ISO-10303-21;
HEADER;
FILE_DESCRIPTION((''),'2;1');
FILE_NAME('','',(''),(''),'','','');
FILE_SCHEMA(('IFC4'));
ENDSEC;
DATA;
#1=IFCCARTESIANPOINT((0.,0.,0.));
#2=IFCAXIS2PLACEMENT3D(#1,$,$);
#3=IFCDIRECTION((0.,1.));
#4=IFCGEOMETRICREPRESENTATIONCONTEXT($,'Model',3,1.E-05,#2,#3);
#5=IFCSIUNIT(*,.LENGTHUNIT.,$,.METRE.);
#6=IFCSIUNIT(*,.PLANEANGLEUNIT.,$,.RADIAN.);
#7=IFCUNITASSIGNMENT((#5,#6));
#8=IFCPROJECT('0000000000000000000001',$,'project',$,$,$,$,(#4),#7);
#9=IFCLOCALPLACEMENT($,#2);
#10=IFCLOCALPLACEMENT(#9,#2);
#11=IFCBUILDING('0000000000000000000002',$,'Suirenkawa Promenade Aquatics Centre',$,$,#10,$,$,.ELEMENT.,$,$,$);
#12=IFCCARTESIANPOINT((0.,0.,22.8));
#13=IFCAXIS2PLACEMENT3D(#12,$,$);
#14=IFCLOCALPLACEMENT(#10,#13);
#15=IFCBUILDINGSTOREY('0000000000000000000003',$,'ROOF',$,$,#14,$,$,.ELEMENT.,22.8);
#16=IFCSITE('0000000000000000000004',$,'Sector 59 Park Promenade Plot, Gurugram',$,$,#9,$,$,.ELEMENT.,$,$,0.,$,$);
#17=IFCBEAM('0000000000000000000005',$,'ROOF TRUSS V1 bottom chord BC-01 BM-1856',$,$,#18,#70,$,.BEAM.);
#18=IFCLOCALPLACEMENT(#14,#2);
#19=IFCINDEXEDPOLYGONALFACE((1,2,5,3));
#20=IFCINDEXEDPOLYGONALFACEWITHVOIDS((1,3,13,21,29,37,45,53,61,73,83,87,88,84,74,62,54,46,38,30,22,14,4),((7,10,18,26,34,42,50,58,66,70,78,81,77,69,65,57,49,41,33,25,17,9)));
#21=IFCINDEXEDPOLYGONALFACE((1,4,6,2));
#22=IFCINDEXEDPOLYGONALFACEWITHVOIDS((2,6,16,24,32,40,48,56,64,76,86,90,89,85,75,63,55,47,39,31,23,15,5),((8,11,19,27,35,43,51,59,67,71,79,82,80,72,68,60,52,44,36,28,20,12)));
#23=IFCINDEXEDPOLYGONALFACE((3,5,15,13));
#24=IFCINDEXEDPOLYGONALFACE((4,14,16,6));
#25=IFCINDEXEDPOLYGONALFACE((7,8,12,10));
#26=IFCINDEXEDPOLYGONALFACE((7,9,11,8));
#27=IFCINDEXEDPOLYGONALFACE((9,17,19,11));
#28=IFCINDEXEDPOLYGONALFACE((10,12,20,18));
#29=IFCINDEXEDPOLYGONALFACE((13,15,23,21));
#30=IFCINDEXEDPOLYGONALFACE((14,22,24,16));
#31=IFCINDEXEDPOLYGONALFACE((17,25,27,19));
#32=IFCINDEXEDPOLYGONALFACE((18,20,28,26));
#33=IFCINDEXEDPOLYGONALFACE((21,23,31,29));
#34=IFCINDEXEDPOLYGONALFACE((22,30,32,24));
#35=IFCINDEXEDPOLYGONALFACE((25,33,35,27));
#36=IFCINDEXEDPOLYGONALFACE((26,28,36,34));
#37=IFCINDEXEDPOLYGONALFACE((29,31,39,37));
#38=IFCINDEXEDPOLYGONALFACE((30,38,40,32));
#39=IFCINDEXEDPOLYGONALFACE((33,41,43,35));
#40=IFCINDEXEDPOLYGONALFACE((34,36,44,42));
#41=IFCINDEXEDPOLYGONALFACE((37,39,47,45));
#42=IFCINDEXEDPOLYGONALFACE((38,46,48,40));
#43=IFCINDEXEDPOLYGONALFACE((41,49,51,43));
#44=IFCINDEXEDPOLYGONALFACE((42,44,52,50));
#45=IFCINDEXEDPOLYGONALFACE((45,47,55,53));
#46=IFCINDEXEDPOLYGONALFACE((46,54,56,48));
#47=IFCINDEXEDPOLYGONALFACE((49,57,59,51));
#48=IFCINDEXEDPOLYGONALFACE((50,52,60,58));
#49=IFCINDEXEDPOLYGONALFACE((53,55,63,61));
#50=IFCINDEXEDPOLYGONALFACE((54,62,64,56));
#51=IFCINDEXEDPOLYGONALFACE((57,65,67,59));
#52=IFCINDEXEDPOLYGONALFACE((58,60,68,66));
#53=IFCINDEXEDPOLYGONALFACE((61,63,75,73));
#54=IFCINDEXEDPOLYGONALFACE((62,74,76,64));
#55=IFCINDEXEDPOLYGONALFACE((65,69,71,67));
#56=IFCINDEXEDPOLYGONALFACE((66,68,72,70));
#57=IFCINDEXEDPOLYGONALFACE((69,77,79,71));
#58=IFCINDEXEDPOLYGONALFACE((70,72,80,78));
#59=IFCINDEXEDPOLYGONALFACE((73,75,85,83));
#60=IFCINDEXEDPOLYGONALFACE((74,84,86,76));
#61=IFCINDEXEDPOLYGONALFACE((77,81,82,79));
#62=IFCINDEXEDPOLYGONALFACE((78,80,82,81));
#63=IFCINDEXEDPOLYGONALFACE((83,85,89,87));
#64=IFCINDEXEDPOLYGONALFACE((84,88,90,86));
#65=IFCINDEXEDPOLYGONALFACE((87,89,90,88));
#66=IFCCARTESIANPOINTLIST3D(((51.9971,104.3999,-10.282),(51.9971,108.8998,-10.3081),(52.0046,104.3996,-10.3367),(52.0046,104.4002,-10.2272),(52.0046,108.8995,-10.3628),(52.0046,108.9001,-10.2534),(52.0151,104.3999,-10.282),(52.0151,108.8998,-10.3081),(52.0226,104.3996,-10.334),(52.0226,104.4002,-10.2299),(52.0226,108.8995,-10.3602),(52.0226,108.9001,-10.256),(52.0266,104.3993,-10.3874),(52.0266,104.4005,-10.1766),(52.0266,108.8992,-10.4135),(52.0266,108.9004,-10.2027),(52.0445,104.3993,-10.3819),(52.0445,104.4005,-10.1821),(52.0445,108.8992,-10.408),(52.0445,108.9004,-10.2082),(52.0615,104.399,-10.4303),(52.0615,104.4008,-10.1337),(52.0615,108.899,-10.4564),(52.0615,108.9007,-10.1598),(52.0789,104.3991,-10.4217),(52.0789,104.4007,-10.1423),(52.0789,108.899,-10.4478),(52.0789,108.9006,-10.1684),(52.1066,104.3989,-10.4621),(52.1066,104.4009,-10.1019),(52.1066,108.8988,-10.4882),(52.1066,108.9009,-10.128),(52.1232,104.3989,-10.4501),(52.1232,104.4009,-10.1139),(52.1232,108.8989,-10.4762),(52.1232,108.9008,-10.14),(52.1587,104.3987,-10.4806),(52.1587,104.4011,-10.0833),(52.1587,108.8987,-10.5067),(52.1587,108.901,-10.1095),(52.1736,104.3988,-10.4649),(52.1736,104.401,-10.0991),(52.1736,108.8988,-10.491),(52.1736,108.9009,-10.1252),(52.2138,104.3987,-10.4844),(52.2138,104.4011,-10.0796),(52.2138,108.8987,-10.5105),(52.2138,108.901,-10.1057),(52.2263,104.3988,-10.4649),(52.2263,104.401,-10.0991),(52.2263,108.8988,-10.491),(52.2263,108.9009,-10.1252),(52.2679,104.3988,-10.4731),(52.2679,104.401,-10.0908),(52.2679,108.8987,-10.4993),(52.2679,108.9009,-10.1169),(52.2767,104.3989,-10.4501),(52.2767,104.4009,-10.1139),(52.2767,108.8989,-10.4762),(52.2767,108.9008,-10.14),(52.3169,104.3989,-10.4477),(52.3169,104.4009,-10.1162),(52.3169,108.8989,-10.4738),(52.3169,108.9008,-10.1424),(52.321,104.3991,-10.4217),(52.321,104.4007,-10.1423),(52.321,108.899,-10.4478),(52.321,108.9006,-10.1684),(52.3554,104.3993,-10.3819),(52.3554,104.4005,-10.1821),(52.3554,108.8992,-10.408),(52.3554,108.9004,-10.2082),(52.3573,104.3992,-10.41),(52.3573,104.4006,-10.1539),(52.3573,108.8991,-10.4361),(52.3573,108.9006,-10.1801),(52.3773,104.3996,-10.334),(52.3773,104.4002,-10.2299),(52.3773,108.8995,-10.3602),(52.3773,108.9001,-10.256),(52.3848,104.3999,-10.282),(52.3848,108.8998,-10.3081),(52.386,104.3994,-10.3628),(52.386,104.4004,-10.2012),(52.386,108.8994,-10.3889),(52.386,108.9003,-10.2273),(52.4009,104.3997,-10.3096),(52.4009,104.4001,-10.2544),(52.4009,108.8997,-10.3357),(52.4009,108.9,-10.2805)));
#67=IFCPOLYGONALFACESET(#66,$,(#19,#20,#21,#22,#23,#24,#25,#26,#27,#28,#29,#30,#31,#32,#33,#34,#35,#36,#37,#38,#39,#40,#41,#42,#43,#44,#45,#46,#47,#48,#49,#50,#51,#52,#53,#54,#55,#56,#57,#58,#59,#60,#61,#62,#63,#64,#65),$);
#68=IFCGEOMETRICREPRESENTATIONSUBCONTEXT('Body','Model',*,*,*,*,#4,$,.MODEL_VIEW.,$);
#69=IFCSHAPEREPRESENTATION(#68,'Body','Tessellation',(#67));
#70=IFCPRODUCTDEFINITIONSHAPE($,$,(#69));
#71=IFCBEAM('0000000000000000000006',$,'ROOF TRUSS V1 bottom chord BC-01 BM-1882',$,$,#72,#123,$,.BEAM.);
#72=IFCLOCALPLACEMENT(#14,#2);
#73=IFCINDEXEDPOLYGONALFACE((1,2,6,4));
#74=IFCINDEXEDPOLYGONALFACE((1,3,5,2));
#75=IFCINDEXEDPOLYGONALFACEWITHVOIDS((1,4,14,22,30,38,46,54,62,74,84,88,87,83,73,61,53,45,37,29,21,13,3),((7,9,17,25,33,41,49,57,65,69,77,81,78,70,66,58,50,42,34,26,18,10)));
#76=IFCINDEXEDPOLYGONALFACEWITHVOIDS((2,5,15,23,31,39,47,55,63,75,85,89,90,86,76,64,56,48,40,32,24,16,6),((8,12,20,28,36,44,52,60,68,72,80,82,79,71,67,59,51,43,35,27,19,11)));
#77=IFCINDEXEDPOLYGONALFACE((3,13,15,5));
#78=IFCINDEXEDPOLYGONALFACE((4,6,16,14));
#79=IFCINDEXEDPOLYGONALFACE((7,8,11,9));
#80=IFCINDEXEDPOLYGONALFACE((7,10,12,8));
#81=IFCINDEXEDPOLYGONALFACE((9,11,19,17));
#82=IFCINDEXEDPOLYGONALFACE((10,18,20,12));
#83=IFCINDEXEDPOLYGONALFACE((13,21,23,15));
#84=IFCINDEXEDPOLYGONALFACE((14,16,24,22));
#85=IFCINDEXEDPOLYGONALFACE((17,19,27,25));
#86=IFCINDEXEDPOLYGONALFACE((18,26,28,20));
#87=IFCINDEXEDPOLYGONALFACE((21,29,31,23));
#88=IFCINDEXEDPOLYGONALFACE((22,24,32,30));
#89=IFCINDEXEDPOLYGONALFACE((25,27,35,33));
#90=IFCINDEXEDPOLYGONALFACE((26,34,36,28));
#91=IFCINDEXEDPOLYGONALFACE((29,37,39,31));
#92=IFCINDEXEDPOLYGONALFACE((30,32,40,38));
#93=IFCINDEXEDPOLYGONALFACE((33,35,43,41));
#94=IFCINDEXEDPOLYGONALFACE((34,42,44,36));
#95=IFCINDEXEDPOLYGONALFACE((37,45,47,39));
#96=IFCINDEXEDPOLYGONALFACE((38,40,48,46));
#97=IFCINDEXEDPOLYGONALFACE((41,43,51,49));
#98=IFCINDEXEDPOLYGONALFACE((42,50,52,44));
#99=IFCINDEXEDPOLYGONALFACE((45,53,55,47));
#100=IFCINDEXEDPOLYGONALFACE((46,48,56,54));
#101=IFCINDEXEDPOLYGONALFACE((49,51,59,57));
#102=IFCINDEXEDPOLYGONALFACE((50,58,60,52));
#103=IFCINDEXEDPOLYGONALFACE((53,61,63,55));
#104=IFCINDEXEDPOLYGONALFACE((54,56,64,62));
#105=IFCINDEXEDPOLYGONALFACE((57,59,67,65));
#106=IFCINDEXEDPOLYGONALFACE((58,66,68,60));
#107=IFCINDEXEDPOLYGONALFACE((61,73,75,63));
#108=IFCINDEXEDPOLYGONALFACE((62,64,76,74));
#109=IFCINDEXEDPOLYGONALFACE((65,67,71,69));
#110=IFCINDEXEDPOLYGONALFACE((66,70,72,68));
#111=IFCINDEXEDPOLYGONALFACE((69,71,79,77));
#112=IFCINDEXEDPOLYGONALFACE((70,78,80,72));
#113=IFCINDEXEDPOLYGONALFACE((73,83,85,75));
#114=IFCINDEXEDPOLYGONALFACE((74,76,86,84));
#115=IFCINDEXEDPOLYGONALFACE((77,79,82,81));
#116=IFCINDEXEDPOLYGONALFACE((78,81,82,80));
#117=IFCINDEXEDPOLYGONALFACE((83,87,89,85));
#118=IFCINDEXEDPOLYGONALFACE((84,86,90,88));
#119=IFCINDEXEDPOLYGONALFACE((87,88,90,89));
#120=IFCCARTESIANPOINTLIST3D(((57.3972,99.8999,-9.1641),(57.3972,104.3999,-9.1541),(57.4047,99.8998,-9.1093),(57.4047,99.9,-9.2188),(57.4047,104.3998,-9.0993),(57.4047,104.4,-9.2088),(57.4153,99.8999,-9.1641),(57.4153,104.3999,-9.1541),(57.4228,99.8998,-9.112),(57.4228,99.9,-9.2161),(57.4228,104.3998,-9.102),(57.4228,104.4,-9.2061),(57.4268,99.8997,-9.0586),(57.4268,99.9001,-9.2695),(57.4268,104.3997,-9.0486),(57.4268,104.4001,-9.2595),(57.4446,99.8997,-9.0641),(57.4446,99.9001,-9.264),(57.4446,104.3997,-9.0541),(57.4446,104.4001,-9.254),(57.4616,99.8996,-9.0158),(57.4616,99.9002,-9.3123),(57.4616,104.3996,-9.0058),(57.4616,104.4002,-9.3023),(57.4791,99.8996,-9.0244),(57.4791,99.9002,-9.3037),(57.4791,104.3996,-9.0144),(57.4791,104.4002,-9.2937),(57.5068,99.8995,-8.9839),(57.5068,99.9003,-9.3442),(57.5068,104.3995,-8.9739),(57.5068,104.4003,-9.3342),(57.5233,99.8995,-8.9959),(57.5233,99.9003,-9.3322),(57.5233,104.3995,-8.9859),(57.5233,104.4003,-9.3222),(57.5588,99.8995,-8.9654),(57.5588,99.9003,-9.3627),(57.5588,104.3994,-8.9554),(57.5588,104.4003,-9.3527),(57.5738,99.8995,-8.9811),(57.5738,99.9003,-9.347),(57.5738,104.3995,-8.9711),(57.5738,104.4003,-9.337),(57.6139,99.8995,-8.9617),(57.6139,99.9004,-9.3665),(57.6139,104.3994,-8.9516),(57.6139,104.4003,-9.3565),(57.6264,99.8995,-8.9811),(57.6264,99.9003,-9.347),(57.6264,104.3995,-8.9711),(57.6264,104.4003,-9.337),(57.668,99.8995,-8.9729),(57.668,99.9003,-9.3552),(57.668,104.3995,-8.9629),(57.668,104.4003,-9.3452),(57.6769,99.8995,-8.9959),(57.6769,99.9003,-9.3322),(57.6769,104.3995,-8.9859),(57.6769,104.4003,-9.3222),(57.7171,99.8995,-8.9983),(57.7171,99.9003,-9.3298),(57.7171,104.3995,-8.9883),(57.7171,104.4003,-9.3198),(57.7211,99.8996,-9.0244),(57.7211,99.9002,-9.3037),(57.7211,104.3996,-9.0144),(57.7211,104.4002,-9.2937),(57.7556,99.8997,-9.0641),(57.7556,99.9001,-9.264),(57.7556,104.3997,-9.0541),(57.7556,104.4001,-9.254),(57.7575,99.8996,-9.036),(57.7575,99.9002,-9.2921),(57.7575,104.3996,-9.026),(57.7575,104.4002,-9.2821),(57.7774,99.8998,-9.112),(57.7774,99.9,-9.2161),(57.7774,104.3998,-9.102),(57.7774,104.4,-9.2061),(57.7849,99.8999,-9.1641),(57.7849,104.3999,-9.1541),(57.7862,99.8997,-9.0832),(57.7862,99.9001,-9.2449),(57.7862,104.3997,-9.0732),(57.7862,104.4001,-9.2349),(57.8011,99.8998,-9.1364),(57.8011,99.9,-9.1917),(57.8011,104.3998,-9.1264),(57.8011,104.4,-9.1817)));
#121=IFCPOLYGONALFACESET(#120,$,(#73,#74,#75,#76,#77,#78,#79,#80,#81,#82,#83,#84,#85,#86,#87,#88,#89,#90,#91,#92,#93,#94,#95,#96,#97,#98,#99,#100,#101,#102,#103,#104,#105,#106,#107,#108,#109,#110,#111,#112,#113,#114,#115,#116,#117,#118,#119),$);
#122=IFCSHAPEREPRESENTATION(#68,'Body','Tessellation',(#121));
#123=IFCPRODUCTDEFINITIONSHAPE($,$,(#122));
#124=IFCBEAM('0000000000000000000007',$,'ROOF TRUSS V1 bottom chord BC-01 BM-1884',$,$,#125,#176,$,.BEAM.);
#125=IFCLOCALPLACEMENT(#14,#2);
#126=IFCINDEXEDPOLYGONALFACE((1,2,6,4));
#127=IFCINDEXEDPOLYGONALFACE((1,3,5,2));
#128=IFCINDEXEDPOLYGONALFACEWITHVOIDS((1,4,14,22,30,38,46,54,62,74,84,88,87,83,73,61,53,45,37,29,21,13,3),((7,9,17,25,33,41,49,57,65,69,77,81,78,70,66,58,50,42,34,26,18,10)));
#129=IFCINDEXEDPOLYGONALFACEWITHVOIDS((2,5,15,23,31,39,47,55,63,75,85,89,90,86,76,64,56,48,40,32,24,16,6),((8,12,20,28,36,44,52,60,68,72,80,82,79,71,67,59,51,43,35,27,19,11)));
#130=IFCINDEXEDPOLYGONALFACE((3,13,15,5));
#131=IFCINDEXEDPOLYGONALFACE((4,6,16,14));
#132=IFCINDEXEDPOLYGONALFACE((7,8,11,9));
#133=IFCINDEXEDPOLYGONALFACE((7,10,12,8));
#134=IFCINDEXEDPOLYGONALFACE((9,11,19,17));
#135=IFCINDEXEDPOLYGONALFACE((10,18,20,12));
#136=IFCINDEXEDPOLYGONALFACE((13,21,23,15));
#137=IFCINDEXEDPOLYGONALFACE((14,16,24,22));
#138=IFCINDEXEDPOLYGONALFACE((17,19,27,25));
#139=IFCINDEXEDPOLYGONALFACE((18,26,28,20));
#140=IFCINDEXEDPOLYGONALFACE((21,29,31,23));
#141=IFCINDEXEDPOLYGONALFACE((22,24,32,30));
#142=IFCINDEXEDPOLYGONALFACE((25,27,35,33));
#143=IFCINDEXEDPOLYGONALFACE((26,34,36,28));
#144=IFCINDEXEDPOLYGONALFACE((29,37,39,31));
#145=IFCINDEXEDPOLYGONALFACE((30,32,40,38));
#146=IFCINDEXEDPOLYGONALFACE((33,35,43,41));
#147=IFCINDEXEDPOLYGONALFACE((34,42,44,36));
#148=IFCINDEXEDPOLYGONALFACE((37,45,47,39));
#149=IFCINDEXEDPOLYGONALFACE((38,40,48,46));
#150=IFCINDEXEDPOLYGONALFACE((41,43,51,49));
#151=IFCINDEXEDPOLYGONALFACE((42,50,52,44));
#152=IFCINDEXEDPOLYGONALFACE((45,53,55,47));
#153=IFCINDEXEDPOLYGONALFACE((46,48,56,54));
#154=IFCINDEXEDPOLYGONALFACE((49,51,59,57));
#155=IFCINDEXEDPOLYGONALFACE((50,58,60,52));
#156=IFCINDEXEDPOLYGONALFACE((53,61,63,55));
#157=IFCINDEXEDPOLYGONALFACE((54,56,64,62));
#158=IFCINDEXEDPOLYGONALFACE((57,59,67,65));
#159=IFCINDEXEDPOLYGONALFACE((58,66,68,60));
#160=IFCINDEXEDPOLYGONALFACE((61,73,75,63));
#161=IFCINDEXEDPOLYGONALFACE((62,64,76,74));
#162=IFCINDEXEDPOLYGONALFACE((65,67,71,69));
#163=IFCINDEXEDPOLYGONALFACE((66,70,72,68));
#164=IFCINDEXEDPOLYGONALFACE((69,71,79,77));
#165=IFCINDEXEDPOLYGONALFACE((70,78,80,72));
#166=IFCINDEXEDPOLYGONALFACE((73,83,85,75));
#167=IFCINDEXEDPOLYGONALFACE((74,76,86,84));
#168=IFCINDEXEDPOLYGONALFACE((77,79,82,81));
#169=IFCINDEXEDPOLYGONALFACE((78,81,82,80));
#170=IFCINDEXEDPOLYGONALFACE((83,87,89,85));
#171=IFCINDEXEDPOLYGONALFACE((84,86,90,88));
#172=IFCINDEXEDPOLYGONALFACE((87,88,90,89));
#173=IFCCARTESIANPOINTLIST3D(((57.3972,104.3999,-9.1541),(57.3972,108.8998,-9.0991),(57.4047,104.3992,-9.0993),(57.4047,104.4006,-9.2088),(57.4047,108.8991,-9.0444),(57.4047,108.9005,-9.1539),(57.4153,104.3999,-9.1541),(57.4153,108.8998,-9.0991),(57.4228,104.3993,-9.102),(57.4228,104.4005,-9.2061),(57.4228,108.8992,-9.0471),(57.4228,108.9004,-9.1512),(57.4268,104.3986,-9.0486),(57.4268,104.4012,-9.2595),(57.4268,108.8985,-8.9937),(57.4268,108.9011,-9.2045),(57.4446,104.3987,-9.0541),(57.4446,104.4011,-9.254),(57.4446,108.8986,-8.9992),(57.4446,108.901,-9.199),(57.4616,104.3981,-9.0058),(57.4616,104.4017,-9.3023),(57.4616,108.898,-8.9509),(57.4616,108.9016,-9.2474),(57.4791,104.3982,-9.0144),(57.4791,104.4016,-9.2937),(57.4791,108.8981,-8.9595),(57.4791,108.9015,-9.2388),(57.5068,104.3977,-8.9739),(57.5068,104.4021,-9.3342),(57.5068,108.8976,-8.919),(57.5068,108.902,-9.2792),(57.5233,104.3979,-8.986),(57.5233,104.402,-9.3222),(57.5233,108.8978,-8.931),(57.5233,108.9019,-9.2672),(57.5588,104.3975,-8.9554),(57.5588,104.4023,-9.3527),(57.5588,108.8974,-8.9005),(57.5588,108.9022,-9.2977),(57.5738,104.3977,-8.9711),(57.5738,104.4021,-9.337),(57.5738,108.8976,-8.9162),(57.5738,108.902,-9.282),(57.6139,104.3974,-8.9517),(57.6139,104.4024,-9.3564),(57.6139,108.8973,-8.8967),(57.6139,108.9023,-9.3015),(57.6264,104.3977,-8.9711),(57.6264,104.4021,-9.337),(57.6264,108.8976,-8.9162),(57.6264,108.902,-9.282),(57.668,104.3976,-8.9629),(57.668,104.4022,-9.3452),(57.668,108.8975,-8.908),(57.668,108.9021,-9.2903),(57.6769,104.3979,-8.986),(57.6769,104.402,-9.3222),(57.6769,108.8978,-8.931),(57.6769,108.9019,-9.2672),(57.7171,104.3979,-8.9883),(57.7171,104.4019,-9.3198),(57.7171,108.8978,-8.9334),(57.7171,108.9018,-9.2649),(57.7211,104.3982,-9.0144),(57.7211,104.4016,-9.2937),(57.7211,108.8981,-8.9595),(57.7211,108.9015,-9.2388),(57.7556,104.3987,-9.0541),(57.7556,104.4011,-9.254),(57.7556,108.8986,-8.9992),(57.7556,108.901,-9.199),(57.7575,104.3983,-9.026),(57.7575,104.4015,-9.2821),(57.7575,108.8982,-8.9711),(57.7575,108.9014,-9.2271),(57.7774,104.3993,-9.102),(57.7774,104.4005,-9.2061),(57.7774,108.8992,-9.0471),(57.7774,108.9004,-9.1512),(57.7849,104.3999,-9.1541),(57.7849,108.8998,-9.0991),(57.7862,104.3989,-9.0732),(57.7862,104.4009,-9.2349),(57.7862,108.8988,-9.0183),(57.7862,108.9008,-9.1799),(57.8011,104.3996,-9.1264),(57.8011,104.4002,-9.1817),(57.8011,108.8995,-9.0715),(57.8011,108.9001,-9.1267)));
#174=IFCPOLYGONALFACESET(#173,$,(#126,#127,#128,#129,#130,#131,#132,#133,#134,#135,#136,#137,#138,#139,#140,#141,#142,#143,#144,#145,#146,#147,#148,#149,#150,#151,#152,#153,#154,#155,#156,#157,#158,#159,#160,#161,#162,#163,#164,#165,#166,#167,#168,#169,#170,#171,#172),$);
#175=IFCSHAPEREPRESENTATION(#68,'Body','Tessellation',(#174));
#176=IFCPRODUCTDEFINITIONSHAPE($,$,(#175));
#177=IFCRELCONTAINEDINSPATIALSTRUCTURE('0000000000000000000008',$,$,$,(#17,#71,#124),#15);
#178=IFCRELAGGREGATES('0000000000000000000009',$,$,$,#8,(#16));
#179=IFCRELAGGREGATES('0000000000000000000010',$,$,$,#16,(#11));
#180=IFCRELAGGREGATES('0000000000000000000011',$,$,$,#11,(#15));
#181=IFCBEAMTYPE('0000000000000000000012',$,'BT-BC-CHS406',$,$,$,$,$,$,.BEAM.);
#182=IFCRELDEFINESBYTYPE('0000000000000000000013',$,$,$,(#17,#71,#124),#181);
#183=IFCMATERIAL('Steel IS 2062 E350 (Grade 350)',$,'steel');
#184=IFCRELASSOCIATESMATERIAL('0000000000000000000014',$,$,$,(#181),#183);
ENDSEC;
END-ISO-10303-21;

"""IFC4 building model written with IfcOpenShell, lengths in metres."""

from ifc_helpers import new_model, si_unit, direction, frame, origin, origin_2d, place, context, subcontext, project, spatial, hollow_circle, extrude, material, material_profile, profile_set, type_object, element, save


model = new_model("IFC4")

# Units and contexts
model_context = context("Model", 3, precision=1e-05, world=origin(), true_north=direction((0.0, 1.0)))
body_context = subcontext(model_context, "Body", "Model", "MODEL_VIEW")
ifc_project = project(units=[si_unit("LENGTHUNIT", "METRE"), si_unit("PLANEANGLEUNIT", "RADIAN")], contexts=[model_context])

# Site, building, storey
site_placement = place(None, origin())
site = spatial("IfcSite", under=ifc_project, at=site_placement, Name="Sector 59 Park Promenade Plot, Gurugram", CompositionType="ELEMENT", RefElevation=0.0)
building_placement = place(site_placement, origin())
building = spatial("IfcBuilding", under=site, at=building_placement, Name="Suirenkawa Promenade Aquatics Centre", CompositionType="ELEMENT")
storey_placement = place(building_placement, frame((0.0, 0.0, 22.8)))
storey = spatial("IfcBuildingStorey", under=building, at=storey_placement, Name="ROOF", CompositionType="ELEMENT", Elevation=22.8)

# Beams
ifc_material = material(Name="Steel IS 2062 E350 (Grade 350)", Category="steel")
ifc_material_profile_1 = material_profile(ifc_material, hollow_circle(Radius=0.2029, WallThickness=0.0181, at=origin_2d()), Name="CHS 406x18", Category="steel")
ifc_profile_set_1 = profile_set([ifc_material_profile_1], Name="Steel IS 2062 E350 (Grade 350)")
beam_type_1 = type_object("IfcBeamType", Name="BT-BC-CHS406", PredefinedType="BEAM", material=ifc_profile_set_1)
for number, where, z_axis, x_axis, name in (
    (1, (52.2, 104.3999, -10.282), (0.0, 0.999983, -0.005805), (-1.0, 0.0, 0.0), "ROOF TRUSS V1 bottom chord BC-01 BM-1856"),
    (2, (57.6001, 99.8999, -9.1641), (0.0, 0.999998, 0.002224), (-1.0, 0.0, 0.0), "ROOF TRUSS V1 bottom chord BC-01 BM-1882"),
):
    element("IfcBeam", number, at=place(storey_placement, frame(where, z_axis=z_axis, x_axis=x_axis)), inside=storey, type_object=beam_type_1, Name=name, PredefinedType="BEAM", context=body_context, shape_type="SweptSolid", body=[
        extrude(hollow_circle(Radius=0.2029, WallThickness=0.0181, at=origin_2d()), origin(), (0.0, 0.0, 1.0), 4.5),
    ])
beam_placement = place(storey_placement, frame((57.6001, 104.3999, -9.1541), z_axis=(0.0, 0.999926, 0.012206), x_axis=(-1.0, 0.0, 0.0)))
element("IfcBeam", 3, at=beam_placement, inside=storey, type_object=beam_type_1, Name="ROOF TRUSS V1 bottom chord BC-01 BM-1884", PredefinedType="BEAM", context=body_context, shape_type="SweptSolid", body=[
    extrude(hollow_circle(Radius=0.2029, WallThickness=0.0181, at=origin_2d()), origin(), (0.0, 0.0, 1.0), 4.5002),
])

save(model, "model.ifc")
